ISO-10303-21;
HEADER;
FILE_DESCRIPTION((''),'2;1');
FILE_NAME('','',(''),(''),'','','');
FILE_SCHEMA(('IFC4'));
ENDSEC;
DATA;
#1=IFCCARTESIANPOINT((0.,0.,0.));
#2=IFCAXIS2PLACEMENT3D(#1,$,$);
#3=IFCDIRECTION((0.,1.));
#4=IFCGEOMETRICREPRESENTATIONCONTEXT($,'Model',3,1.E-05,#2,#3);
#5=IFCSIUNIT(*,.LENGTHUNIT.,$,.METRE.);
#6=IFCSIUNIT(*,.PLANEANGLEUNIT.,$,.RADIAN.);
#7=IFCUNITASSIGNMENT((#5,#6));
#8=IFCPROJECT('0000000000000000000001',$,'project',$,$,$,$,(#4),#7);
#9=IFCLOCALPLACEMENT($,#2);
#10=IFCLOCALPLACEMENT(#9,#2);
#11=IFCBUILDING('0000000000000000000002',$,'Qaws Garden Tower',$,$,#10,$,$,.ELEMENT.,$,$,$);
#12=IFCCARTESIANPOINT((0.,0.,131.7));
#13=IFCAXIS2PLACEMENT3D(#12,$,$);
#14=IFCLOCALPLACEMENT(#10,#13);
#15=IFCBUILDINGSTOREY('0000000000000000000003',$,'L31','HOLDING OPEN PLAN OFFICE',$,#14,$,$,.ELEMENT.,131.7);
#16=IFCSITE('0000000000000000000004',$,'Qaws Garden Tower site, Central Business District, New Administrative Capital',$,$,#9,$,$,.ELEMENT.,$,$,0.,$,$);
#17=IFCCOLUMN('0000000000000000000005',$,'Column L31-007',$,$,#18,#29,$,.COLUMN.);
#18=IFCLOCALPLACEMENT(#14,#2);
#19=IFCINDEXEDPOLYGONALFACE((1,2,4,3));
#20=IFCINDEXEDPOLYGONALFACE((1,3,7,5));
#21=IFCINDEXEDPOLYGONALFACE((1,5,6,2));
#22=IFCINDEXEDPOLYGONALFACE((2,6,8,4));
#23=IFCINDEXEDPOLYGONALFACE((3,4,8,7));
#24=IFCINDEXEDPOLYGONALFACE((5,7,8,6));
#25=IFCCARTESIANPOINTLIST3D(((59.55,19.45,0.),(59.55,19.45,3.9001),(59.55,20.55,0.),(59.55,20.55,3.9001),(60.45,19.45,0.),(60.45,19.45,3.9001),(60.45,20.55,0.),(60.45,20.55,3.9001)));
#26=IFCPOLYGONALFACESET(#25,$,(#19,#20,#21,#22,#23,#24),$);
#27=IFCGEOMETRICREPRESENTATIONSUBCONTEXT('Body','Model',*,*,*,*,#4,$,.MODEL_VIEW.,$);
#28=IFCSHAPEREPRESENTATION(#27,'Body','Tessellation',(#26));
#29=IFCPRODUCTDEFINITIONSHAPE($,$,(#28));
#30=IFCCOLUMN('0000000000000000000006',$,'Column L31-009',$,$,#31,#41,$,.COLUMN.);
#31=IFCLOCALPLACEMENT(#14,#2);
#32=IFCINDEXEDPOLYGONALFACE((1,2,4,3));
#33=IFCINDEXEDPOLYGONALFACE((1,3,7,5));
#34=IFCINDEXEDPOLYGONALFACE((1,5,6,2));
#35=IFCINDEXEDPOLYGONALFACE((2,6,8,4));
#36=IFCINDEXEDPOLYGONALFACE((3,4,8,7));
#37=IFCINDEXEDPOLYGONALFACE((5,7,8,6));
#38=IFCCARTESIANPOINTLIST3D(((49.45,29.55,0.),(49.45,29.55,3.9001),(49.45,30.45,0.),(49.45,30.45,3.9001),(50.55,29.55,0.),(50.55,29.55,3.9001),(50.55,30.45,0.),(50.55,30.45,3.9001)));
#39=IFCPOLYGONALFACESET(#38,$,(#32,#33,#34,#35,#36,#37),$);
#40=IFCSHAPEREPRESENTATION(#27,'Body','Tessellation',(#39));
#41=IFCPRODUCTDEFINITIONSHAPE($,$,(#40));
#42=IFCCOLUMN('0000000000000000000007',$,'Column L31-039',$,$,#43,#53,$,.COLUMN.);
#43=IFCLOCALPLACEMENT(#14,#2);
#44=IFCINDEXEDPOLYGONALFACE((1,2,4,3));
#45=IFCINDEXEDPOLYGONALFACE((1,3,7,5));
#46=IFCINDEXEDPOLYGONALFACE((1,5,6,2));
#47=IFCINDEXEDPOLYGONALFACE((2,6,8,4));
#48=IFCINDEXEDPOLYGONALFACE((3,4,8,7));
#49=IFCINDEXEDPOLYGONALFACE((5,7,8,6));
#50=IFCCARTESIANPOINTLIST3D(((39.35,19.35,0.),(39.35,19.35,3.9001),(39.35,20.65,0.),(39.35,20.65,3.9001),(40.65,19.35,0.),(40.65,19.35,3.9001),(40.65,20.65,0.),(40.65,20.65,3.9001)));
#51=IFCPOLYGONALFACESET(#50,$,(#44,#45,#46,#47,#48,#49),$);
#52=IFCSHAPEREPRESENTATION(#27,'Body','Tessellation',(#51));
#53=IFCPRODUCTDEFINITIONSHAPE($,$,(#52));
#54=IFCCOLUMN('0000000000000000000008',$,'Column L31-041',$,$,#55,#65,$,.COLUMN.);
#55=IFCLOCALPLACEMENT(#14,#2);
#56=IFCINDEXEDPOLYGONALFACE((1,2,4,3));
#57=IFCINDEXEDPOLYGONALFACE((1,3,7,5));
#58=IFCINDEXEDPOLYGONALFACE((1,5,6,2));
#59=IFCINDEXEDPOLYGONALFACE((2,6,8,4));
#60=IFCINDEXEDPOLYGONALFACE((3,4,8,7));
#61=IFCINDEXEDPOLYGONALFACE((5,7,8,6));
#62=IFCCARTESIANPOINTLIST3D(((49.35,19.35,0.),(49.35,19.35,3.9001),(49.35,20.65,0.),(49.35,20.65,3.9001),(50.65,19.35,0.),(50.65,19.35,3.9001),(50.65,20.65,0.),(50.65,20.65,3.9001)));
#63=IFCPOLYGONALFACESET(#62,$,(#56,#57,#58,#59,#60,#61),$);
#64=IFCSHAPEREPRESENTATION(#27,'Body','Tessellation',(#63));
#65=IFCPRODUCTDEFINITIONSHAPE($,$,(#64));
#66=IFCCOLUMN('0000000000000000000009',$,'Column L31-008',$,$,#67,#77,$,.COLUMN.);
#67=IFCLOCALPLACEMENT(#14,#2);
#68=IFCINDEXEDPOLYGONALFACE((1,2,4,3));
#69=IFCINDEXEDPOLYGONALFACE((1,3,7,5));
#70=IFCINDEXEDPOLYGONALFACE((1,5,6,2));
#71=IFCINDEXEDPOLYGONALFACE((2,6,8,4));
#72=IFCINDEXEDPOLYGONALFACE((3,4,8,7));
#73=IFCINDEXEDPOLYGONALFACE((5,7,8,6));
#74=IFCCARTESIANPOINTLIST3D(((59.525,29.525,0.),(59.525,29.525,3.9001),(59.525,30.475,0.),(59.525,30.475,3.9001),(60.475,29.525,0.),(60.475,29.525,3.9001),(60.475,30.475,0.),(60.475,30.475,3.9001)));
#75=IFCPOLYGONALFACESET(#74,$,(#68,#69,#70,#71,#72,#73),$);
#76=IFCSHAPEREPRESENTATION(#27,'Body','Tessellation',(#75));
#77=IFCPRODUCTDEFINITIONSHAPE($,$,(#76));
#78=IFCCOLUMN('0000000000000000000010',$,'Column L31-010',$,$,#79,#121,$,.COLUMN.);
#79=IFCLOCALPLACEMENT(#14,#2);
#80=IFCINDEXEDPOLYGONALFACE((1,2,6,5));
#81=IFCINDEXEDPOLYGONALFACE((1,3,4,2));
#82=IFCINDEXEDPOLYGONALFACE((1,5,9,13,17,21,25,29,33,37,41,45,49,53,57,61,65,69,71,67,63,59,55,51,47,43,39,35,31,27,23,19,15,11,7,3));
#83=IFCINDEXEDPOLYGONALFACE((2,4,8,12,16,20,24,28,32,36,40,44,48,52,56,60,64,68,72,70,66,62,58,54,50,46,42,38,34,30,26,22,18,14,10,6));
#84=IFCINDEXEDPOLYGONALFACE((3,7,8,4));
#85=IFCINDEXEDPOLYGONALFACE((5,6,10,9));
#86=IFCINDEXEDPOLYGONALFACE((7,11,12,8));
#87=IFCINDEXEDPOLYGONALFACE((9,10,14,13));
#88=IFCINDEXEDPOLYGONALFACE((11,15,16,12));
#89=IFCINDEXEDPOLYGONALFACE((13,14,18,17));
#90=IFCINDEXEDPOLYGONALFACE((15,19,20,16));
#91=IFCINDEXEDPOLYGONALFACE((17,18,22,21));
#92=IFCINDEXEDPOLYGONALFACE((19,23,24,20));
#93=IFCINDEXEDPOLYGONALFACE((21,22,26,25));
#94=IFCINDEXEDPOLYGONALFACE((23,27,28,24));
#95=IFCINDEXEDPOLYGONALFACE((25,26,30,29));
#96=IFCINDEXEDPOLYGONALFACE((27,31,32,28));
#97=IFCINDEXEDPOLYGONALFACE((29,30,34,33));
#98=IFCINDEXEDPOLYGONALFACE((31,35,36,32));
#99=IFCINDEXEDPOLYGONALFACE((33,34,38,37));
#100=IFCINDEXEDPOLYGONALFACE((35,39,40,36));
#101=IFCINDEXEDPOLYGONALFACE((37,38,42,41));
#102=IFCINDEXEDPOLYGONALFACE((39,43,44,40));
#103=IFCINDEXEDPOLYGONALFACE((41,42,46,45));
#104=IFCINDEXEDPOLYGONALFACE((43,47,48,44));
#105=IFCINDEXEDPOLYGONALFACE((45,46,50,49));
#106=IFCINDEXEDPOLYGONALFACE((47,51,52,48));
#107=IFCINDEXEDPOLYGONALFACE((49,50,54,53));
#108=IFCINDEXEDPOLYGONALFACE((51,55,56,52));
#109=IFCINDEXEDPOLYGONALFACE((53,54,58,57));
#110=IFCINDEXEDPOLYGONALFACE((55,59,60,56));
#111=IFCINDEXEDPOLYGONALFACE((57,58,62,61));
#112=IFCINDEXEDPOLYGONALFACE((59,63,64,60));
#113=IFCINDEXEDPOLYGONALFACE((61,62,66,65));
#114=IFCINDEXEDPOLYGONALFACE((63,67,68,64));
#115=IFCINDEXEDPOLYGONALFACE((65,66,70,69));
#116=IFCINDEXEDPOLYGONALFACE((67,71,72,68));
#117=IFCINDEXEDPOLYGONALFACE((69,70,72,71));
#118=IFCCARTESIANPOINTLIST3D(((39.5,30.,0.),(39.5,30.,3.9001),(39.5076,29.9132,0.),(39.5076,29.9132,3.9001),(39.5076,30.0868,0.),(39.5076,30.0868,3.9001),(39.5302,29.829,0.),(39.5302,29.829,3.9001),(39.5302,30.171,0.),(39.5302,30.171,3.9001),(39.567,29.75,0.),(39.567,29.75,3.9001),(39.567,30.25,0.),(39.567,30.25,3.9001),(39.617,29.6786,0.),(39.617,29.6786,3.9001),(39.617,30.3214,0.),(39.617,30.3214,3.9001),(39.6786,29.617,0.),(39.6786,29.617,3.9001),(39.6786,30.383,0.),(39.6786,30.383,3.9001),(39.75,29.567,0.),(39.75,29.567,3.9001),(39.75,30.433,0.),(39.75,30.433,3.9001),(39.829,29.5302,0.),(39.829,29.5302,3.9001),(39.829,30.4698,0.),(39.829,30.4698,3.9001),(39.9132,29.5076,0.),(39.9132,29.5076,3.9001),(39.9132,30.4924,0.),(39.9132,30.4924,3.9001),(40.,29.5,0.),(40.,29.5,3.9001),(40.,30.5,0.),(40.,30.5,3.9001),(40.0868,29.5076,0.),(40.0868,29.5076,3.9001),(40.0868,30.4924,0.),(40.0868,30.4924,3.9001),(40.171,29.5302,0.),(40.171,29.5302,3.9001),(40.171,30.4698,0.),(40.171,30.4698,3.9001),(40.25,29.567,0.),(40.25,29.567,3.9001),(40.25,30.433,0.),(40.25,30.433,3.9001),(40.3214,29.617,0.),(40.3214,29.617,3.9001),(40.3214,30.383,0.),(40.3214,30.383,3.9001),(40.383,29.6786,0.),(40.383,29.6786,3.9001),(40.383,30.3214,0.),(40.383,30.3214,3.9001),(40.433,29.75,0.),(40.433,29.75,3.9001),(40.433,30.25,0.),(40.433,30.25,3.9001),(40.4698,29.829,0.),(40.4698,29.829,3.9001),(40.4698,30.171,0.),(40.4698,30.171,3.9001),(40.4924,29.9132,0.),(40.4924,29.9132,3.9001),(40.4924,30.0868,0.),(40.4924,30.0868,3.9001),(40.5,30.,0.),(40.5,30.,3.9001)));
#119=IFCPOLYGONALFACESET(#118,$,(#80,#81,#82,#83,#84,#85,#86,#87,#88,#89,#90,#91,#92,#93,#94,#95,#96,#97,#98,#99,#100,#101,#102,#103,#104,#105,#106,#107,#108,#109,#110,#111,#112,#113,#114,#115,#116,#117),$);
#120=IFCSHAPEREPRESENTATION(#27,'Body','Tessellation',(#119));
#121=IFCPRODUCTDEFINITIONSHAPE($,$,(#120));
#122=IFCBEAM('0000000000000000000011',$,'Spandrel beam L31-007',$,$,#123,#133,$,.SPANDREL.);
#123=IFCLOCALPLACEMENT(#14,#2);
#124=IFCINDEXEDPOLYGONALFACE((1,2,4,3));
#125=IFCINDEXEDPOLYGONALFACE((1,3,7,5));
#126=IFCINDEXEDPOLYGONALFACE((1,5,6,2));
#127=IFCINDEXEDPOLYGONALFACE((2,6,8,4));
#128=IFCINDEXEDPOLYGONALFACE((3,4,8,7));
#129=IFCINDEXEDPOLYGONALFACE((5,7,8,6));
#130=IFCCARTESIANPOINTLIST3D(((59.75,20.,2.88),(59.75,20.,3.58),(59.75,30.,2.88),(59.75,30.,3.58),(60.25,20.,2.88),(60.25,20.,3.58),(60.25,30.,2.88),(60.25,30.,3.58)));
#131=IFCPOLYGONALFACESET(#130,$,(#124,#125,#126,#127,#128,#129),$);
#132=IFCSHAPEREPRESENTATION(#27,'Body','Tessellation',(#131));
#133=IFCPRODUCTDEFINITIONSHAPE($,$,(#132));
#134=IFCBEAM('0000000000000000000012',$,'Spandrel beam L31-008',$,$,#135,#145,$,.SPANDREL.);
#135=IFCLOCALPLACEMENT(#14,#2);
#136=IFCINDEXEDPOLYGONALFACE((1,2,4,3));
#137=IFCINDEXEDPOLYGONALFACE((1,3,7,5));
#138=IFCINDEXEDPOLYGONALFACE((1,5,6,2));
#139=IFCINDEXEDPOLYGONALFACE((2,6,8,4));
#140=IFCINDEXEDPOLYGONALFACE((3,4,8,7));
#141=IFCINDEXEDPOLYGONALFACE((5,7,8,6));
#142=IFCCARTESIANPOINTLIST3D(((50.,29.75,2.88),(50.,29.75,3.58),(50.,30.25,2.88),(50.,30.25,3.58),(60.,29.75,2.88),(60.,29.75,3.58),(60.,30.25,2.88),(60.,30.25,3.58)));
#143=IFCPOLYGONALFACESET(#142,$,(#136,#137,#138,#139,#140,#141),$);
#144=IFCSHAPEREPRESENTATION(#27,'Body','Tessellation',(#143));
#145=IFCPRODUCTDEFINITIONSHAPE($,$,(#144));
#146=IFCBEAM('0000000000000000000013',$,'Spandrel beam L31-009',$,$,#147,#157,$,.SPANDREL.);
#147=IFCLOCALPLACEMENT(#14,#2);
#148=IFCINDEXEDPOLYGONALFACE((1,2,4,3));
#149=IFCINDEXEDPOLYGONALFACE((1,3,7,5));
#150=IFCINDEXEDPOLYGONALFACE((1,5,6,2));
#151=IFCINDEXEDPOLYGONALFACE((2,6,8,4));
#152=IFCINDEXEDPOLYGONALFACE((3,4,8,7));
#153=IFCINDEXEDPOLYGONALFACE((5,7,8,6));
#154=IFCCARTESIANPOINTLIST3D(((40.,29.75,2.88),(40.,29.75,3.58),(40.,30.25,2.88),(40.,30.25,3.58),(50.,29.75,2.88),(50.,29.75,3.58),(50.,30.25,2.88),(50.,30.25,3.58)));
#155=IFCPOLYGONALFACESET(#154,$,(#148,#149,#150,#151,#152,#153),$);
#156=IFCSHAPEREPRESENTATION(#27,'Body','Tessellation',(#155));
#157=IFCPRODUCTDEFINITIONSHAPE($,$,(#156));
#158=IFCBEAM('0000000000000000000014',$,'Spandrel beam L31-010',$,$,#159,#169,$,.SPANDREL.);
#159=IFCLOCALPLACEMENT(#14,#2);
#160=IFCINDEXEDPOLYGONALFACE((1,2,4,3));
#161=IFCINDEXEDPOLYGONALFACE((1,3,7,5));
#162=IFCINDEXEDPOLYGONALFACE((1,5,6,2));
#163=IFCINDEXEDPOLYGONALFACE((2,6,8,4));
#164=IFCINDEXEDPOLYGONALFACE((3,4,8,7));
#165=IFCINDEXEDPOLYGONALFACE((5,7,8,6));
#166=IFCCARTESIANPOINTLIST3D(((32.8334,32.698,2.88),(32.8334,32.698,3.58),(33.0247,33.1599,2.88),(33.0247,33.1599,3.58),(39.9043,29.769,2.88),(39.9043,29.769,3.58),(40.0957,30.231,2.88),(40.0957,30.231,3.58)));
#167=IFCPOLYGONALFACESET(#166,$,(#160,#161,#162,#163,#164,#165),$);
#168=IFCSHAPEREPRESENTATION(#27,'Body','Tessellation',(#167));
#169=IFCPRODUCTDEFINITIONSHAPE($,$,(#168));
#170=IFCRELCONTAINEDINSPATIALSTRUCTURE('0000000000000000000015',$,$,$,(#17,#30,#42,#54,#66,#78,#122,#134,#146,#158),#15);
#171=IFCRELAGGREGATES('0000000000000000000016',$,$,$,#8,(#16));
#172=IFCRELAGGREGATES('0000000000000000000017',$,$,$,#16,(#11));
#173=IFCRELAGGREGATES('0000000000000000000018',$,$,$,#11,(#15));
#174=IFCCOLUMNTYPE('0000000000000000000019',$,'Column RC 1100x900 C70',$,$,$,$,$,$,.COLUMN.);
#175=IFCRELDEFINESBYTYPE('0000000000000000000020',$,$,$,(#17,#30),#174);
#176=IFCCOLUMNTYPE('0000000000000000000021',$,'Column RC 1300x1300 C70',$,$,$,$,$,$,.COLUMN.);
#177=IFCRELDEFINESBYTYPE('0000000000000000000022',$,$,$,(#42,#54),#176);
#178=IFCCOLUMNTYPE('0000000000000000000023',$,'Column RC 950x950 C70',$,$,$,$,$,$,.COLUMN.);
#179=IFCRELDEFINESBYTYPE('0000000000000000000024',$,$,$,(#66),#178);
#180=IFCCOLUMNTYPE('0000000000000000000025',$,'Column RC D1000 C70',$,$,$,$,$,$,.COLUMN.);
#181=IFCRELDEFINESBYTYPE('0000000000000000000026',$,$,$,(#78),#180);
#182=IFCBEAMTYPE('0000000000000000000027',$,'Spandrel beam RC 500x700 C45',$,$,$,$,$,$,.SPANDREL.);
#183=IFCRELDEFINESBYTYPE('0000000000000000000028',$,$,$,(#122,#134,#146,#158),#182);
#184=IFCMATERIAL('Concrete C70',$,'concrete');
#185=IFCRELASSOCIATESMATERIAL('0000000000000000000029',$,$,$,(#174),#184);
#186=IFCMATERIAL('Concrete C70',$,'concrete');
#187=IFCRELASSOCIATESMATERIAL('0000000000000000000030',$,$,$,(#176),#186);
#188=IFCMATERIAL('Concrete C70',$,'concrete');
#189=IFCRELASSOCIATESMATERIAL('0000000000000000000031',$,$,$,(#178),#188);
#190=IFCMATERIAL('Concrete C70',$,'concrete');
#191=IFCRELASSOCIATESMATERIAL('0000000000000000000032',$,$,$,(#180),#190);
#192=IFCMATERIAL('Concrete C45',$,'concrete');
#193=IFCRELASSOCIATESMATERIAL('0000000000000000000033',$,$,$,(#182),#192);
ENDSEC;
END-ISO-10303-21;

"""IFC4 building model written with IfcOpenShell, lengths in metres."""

from ifc_helpers import new_model, si_unit, direction, frame, origin, origin_2d, place, context, subcontext, project, spatial, rectangle, circle, extrude, material, material_profile, profile_set, type_object, element, save


model = new_model("IFC4")

# Units and contexts
model_context = context("Model", 3, precision=1e-05, world=origin(), true_north=direction((0.0, 1.0)))
body_context = subcontext(model_context, "Body", "Model", "MODEL_VIEW")
ifc_project = project(units=[si_unit("LENGTHUNIT", "METRE"), si_unit("PLANEANGLEUNIT", "RADIAN")], contexts=[model_context])

# Site, building, storey
site_placement = place(None, origin())
site = spatial("IfcSite", under=ifc_project, at=site_placement, Name="Qaws Garden Tower site, Central Business District, New Administrative Capital", CompositionType="ELEMENT", RefElevation=0.0)
building_placement = place(site_placement, origin())
building = spatial("IfcBuilding", under=site, at=building_placement, Name="Qaws Garden Tower", CompositionType="ELEMENT")
storey_placement = place(building_placement, frame((0.0, 0.0, 131.7)))
storey = spatial("IfcBuildingStorey", under=building, at=storey_placement, Name="L31", Description="HOLDING OPEN PLAN OFFICE", CompositionType="ELEMENT", Elevation=131.7)

# Columns
ifc_material_1 = material(Name="Concrete C70", Category="concrete")
ifc_material_profile_1 = material_profile(ifc_material_1, rectangle(XDim=1.1001, YDim=0.8999, at=origin_2d()), Name="RC 1100x900")
ifc_profile_set_1 = profile_set([ifc_material_profile_1], Name="Concrete C70")
column_type_1 = type_object("IfcColumnType", Name="Column RC 1100x900 C70", PredefinedType="COLUMN", material=ifc_profile_set_1)
for number, where, z_axis, x_axis, name in (
    (1, (60.0, 20.0, 0.0), (0.0, 0.0, 1.0), (0.0, 1.0, 0.0), "Column L31-007"),
    (2, (50.0, 30.0, 0.0), (0.0, 0.0, 1.0), (1.0, 0.0, 0.0), "Column L31-009"),
):
    element("IfcColumn", number, at=place(storey_placement, frame(where, z_axis=z_axis, x_axis=x_axis)), inside=storey, type_object=column_type_1, Name=name, PredefinedType="COLUMN", context=body_context, shape_type="SweptSolid", body=[
        extrude(rectangle(XDim=1.1001, YDim=0.8999, at=origin_2d()), origin(), (0.0, 0.0, 1.0), 3.9001),
    ])
ifc_material_2 = material(Name="Concrete C70", Category="concrete")
ifc_material_profile_2 = material_profile(ifc_material_2, rectangle(XDim=1.3, YDim=1.3, at=origin_2d()), Name="RC 1300x1300")
ifc_profile_set_2 = profile_set([ifc_material_profile_2], Name="Concrete C70")
column_type_2 = type_object("IfcColumnType", Name="Column RC 1300x1300 C70", PredefinedType="COLUMN", material=ifc_profile_set_2)
for number, where, z_axis, x_axis, name in (
    (3, (40.0, 20.0, 0.0), (0.0, 0.0, 1.0), (1.0, 0.0, 0.0), "Column L31-039"),
    (4, (50.0, 20.0, 0.0), (0.0, 0.0, 1.0), (1.0, 0.0, 0.0), "Column L31-041"),
):
    element("IfcColumn", number, at=place(storey_placement, frame(where, z_axis=z_axis, x_axis=x_axis)), inside=storey, type_object=column_type_2, Name=name, PredefinedType="COLUMN", context=body_context, shape_type="SweptSolid", body=[
        extrude(rectangle(XDim=1.3, YDim=1.3, at=origin_2d()), origin(), (0.0, 0.0, 1.0), 3.9001),
    ])
ifc_material_3 = material(Name="Concrete C70", Category="concrete")
ifc_material_profile_3 = material_profile(ifc_material_3, rectangle(XDim=0.95, YDim=0.95, at=origin_2d()), Name="RC 950x950")
ifc_profile_set_3 = profile_set([ifc_material_profile_3], Name="Concrete C70")
column_type_3 = type_object("IfcColumnType", Name="Column RC 950x950 C70", PredefinedType="COLUMN", material=ifc_profile_set_3)
column_1_placement = place(storey_placement, frame((60.0, 30.0, 0.0), z_axis=(0.0, 0.0, 1.0), x_axis=(1.0, 0.0, 0.0)))
element("IfcColumn", 5, at=column_1_placement, inside=storey, type_object=column_type_3, Name="Column L31-008", PredefinedType="COLUMN", context=body_context, shape_type="SweptSolid", body=[
    extrude(rectangle(XDim=0.95, YDim=0.95, at=origin_2d()), origin(), (0.0, 0.0, 1.0), 3.9001),
])
ifc_material_4 = material(Name="Concrete C70", Category="concrete")
ifc_material_profile_4 = material_profile(ifc_material_4, circle(Radius=0.5, at=origin_2d()), Name="RC D1000")
ifc_profile_set_4 = profile_set([ifc_material_profile_4], Name="Concrete C70")
column_type_4 = type_object("IfcColumnType", Name="Column RC D1000 C70", PredefinedType="COLUMN", material=ifc_profile_set_4)
column_2_placement = place(storey_placement, frame((40.0, 30.0, 0.0), z_axis=(0.0, 0.0, 1.0), x_axis=(1.0, 0.0, 0.0)))
element("IfcColumn", 6, at=column_2_placement, inside=storey, type_object=column_type_4, Name="Column L31-010", PredefinedType="COLUMN", context=body_context, shape_type="SweptSolid", body=[
    extrude(circle(Radius=0.5, at=origin_2d()), origin(), (0.0, 0.0, 1.0), 3.9001),
])

# Beams
ifc_material_5 = material(Name="Concrete C45", Category="concrete")
ifc_material_profile_5 = material_profile(ifc_material_5, rectangle(XDim=0.5, YDim=0.7, at=origin_2d()), Name="RC 500x700")
ifc_profile_set_5 = profile_set([ifc_material_profile_5], Name="Concrete C45")
beam_type = type_object("IfcBeamType", Name="Spandrel beam RC 500x700 C45", PredefinedType="SPANDREL", material=ifc_profile_set_5)
for number, where, z_axis, x_axis, name in (
    (7, (60.0, 20.0, 3.23), (0.0, 1.0, 0.0), (-1.0, 0.0, 0.0), "Spandrel beam L31-007"),
    (8, (60.0, 30.0, 3.23), (-1.0, 0.0, 0.0), (0.0, -1.0, 0.0), "Spandrel beam L31-008"),
    (9, (50.0, 30.0, 3.23), (-1.0, 0.0, 0.0), (0.0, -1.0, 0.0), "Spandrel beam L31-009"),
):
    element("IfcBeam", number, at=place(storey_placement, frame(where, z_axis=z_axis, x_axis=x_axis)), inside=storey, type_object=beam_type, Name=name, PredefinedType="SPANDREL", context=body_context, shape_type="SweptSolid", body=[
        extrude(rectangle(XDim=0.5, YDim=0.7, at=origin_2d()), origin(), (0.0, 0.0, 1.0), 10.0),
    ])
beam_placement = place(storey_placement, frame((40.0, 30.0, 3.23), z_axis=(-0.923878, 0.382687, 0.0), x_axis=(-0.382687, -0.923878, 0.0)))
element("IfcBeam", 10, at=beam_placement, inside=storey, type_object=beam_type, Name="Spandrel beam L31-010", PredefinedType="SPANDREL", context=body_context, shape_type="SweptSolid", body=[
    extrude(rectangle(XDim=0.5, YDim=0.7, at=origin_2d()), origin(), (0.0, 0.0, 1.0), 7.6536),
])

save(model, "model.ifc")
